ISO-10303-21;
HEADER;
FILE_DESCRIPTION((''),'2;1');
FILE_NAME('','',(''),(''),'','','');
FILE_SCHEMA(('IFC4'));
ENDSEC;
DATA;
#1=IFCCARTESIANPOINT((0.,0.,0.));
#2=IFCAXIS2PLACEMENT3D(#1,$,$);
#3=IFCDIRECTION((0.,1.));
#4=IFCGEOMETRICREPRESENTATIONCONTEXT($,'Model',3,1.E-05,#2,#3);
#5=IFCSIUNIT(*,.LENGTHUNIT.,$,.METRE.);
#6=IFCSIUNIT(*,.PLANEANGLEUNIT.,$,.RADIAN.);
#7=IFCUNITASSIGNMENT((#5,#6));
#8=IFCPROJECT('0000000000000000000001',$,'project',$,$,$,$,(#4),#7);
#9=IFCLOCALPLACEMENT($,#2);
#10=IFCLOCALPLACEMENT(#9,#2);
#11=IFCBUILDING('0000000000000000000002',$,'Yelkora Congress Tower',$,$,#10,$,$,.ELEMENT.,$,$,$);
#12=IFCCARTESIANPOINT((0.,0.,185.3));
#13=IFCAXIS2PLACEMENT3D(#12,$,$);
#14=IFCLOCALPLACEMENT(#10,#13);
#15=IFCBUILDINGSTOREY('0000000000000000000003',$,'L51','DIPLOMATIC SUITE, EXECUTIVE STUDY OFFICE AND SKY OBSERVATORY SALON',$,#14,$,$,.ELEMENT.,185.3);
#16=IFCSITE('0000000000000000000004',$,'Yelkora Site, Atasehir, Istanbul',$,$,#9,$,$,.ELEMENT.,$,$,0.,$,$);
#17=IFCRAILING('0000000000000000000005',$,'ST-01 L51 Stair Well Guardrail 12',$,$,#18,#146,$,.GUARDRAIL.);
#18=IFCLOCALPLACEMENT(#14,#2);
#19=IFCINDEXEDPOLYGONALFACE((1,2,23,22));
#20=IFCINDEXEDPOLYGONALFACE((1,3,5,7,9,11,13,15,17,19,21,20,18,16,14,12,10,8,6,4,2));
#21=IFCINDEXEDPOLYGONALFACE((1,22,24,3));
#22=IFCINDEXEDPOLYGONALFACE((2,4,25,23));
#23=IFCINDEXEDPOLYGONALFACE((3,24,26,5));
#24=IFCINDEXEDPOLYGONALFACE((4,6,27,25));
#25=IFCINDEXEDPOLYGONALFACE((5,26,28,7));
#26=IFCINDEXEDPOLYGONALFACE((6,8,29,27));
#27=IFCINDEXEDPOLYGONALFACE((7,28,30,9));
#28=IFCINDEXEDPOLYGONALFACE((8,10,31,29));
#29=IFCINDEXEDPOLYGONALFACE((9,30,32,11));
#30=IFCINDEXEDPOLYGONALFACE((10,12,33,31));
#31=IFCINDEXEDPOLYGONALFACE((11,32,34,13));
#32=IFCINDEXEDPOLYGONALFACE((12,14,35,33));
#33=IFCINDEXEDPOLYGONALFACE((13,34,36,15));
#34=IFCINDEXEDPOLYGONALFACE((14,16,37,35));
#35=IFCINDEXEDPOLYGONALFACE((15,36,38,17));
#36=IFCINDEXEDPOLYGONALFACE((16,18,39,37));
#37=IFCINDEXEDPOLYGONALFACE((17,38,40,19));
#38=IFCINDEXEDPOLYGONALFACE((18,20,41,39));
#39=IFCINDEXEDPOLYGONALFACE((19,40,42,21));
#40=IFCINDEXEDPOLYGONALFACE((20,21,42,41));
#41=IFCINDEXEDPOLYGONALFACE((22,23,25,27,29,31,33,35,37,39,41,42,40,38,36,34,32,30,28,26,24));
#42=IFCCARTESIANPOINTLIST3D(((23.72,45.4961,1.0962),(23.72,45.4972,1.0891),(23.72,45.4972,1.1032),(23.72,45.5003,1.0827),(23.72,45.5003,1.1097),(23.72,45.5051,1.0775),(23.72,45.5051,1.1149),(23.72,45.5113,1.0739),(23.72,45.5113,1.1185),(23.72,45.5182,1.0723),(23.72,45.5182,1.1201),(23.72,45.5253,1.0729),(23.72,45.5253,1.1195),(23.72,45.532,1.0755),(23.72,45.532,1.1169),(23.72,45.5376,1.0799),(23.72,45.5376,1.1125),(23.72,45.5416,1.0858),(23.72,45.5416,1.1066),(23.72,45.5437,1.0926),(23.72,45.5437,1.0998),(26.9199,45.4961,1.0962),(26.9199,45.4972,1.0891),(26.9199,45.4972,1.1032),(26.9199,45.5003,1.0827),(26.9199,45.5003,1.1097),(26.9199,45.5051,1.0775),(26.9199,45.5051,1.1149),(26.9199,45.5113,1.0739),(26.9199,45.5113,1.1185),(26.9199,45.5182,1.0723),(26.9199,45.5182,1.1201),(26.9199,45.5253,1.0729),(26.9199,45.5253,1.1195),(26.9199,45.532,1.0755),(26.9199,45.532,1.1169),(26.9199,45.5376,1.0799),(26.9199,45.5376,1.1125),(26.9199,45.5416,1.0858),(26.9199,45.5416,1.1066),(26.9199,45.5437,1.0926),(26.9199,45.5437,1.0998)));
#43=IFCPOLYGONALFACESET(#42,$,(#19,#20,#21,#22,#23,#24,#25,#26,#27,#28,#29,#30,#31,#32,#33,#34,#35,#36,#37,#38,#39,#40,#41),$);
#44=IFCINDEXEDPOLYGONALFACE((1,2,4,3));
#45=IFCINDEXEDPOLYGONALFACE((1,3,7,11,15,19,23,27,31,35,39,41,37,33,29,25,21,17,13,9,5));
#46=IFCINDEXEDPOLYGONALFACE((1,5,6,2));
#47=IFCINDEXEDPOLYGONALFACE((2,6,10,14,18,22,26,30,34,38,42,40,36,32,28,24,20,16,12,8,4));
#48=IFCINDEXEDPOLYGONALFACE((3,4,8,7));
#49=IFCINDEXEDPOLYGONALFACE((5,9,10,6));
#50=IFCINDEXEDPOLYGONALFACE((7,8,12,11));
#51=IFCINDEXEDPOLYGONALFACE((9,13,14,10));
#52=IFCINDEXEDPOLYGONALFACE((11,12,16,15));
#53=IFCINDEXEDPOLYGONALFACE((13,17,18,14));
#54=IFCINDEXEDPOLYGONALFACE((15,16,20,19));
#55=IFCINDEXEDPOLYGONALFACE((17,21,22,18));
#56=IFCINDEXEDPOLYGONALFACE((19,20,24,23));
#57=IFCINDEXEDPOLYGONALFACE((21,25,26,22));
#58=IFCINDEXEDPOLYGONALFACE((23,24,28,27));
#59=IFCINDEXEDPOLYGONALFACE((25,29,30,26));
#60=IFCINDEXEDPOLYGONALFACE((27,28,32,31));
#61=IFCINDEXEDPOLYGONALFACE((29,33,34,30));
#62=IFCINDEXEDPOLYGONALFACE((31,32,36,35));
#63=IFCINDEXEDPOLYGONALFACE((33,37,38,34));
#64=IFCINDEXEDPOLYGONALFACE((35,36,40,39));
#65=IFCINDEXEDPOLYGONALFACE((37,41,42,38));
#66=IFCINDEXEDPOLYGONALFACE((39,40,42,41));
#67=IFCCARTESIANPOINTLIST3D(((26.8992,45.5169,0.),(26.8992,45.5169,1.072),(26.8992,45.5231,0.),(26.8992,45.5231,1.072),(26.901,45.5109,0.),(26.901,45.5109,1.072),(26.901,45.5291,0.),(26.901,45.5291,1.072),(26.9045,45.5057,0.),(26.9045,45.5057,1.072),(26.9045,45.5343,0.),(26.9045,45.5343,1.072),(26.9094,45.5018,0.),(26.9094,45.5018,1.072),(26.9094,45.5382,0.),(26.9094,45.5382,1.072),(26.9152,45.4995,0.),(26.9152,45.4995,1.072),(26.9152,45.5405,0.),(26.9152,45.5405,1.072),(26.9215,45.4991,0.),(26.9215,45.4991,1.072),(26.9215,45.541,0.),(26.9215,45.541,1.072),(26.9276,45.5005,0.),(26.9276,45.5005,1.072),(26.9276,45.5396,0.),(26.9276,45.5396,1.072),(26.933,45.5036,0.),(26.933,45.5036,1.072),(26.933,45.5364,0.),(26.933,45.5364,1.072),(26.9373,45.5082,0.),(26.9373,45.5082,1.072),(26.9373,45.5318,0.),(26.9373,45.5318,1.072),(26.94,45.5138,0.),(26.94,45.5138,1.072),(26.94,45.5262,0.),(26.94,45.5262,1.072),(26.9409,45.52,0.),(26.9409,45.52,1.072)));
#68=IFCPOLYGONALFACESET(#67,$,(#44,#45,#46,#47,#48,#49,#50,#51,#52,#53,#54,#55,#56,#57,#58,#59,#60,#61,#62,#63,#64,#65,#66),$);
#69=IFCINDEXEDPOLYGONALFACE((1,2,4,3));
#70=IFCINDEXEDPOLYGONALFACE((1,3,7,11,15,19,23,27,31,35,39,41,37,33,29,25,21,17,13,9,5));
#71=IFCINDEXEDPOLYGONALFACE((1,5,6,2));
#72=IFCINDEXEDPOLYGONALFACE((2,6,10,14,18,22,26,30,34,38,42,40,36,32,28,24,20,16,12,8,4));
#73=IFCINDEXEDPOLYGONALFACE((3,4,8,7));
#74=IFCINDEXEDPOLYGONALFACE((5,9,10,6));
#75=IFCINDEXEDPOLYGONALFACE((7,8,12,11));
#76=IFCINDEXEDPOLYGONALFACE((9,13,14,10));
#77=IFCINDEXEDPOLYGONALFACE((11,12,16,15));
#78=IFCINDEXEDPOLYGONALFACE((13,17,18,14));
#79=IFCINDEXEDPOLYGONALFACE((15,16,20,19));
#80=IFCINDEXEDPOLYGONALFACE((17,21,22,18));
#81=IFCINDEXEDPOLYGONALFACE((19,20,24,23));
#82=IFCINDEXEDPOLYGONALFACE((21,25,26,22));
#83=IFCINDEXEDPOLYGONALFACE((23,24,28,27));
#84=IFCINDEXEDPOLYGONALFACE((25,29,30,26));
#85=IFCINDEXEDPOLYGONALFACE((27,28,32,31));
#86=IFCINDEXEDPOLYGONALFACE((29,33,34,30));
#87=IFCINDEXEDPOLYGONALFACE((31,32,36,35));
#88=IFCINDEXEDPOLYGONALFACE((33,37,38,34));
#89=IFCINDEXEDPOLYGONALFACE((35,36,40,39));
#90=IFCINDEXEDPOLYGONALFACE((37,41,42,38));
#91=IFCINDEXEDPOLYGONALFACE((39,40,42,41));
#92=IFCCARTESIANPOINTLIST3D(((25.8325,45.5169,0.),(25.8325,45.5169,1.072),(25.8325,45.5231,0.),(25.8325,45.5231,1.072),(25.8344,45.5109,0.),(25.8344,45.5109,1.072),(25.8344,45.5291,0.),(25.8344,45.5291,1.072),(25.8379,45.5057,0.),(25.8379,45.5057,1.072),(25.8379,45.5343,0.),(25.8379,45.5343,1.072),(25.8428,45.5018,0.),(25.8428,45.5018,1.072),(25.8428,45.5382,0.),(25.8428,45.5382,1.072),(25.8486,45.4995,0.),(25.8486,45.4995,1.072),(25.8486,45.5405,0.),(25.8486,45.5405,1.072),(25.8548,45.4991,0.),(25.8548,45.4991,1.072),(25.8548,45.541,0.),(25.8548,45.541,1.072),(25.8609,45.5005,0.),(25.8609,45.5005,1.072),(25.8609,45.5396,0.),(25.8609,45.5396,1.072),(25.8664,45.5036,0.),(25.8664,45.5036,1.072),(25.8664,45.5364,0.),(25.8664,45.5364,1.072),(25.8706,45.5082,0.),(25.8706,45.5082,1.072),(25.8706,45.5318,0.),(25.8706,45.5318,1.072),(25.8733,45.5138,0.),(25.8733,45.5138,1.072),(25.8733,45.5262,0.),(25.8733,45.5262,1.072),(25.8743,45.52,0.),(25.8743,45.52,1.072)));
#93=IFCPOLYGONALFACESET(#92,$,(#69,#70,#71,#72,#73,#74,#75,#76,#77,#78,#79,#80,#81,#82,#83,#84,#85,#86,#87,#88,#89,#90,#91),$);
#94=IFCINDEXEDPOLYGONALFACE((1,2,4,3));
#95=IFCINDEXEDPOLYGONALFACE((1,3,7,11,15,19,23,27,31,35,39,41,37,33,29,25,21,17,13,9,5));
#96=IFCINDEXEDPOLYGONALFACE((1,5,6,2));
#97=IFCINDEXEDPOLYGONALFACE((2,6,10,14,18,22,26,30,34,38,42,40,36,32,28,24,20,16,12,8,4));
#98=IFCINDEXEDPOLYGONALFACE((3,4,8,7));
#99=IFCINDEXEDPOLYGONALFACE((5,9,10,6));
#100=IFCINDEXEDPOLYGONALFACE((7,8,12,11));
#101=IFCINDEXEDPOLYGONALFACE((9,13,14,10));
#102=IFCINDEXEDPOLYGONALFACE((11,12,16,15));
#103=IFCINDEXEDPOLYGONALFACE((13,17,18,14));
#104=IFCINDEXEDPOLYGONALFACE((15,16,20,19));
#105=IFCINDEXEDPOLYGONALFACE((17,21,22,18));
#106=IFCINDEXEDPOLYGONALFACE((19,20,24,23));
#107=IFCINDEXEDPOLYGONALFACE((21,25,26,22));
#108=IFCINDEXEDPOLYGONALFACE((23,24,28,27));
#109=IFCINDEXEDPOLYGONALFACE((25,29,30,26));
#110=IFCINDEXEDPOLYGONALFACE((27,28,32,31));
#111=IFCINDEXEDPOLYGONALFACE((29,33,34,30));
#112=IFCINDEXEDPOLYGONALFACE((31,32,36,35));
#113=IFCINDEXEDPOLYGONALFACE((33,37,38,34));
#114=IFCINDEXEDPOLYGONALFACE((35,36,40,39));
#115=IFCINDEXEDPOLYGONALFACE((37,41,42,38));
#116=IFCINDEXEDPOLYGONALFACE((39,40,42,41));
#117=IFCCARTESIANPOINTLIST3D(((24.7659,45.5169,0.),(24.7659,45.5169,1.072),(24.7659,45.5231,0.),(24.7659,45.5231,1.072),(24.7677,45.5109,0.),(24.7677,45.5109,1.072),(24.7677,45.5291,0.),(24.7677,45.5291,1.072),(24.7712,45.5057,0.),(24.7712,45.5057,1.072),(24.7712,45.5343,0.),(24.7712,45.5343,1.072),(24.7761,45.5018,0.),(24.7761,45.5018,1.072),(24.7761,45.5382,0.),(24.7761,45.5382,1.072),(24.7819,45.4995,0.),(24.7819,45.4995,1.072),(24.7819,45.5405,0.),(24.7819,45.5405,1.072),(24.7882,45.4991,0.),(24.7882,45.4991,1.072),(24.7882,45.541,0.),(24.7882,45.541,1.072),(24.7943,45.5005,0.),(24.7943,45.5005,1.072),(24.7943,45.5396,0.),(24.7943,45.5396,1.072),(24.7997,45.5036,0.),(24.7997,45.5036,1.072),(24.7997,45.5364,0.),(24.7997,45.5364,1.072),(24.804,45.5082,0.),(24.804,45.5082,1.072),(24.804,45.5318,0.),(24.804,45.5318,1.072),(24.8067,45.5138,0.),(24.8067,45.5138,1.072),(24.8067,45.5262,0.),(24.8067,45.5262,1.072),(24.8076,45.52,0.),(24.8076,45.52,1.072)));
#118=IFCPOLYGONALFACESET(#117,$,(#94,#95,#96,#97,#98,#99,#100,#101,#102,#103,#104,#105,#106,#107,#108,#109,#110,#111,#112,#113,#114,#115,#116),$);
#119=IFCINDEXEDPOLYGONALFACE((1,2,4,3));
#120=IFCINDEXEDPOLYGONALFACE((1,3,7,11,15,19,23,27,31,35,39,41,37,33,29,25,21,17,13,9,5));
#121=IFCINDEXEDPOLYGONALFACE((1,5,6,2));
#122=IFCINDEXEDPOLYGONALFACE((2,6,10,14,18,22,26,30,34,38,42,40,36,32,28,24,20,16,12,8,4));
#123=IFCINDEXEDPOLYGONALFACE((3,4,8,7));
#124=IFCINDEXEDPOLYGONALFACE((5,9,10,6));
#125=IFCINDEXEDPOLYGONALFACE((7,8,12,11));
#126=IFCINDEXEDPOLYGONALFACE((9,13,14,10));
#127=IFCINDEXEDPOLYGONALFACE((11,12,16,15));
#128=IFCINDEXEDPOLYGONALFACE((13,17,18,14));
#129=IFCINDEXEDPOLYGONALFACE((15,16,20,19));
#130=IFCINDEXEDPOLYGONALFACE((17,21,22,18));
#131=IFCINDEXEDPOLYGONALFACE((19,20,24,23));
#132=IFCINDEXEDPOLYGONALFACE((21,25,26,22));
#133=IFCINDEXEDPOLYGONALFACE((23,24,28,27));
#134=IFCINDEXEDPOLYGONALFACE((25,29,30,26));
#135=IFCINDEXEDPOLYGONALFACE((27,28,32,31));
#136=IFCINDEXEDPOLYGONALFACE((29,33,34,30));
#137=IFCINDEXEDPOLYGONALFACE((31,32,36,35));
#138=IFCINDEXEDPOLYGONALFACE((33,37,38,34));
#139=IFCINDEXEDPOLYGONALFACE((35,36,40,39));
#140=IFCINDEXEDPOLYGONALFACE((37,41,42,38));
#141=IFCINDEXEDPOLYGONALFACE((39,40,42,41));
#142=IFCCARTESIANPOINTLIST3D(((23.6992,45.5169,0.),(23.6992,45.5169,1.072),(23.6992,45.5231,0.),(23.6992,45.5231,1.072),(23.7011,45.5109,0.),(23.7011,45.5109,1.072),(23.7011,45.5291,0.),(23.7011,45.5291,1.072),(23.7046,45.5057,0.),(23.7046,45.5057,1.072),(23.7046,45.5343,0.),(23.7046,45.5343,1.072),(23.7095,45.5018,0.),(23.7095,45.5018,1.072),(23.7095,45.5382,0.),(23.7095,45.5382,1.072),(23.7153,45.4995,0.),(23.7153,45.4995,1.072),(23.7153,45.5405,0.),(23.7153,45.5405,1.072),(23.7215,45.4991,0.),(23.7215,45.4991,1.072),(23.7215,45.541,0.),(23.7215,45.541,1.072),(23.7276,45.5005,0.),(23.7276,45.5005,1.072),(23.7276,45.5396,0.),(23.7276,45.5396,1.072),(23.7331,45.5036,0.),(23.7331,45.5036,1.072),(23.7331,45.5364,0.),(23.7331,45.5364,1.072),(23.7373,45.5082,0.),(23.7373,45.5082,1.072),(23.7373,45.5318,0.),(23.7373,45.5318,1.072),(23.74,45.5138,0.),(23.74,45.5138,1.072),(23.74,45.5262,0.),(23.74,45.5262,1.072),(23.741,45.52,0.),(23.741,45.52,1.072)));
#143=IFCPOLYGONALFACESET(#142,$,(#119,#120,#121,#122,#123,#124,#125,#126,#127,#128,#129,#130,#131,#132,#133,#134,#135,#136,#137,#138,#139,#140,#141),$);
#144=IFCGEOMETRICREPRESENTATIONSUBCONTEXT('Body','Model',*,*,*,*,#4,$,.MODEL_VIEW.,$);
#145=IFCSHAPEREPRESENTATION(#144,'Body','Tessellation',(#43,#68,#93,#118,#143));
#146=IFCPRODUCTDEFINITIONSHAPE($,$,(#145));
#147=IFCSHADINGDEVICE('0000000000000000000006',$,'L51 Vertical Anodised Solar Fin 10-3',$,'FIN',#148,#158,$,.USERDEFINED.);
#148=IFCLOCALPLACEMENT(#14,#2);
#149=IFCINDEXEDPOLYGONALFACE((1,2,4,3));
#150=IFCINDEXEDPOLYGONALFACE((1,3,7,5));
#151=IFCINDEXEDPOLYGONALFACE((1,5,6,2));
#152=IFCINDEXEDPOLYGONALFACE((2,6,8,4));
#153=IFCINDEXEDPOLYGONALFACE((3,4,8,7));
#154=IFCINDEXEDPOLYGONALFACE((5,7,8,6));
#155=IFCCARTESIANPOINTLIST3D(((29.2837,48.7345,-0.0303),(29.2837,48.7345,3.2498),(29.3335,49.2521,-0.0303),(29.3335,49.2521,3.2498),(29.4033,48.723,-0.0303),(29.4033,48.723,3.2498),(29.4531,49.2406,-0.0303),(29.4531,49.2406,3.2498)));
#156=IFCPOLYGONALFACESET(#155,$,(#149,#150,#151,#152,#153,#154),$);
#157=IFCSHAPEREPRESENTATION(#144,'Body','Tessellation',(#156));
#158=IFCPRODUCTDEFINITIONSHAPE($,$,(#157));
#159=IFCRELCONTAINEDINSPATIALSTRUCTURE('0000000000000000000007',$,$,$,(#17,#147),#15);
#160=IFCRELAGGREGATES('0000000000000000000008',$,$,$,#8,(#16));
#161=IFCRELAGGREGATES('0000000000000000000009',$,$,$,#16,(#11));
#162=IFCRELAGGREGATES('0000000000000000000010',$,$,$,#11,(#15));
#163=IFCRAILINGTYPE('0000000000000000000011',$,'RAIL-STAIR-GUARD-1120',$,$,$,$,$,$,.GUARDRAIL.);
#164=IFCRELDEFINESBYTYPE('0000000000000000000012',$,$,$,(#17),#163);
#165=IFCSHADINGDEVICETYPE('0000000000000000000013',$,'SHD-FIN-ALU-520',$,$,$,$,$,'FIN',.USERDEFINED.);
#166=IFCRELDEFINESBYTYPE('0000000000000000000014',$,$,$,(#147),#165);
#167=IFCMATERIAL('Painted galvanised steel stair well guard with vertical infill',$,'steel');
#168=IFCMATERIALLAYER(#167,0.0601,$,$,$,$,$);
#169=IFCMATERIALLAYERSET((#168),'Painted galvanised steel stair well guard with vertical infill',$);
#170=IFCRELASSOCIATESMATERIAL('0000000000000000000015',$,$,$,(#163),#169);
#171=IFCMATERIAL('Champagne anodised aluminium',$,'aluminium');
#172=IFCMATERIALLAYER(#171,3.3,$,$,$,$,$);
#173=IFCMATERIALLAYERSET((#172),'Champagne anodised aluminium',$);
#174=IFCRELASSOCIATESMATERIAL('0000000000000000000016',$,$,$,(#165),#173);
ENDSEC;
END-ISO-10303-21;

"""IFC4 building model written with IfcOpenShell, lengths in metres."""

from ifc_helpers import new_model, si_unit, direction, frame, origin, origin_2d, place, context, subcontext, project, spatial, rectangle, circle, extrude, material, layer, layer_set, type_object, element, save


model = new_model("IFC4")

# Units and contexts
model_context = context("Model", 3, precision=1e-05, world=origin(), true_north=direction((0.0, 1.0)))
body_context = subcontext(model_context, "Body", "Model", "MODEL_VIEW")
ifc_project = project(units=[si_unit("LENGTHUNIT", "METRE"), si_unit("PLANEANGLEUNIT", "RADIAN")], contexts=[model_context])

# Site, building, storey
site_placement = place(None, origin())
site = spatial("IfcSite", under=ifc_project, at=site_placement, Name="Yelkora Site, Atasehir, Istanbul", CompositionType="ELEMENT", RefElevation=0.0)
building_placement = place(site_placement, origin())
building = spatial("IfcBuilding", under=site, at=building_placement, Name="Yelkora Congress Tower", CompositionType="ELEMENT")
storey_placement = place(building_placement, frame((0.0, 0.0, 185.3)))
storey = spatial("IfcBuildingStorey", under=building, at=storey_placement, Name="L51", Description="DIPLOMATIC SUITE, EXECUTIVE STUDY OFFICE AND SKY OBSERVATORY SALON", CompositionType="ELEMENT", Elevation=185.3)

# Railing
ifc_material_1 = material(Name="Painted galvanised steel stair well guard with vertical infill", Category="steel")
ifc_layer_1 = layer(ifc_material_1, 0.0601)
ifc_layer_set_1 = layer_set([ifc_layer_1], Name="Painted galvanised steel stair well guard with vertical infill")
railing_type = type_object("IfcRailingType", Name="RAIL-STAIR-GUARD-1120", PredefinedType="GUARDRAIL", material=ifc_layer_set_1)
railing_1_placement = place(storey_placement, frame((26.9199, 45.52, 0.0)))
element("IfcRailing", 1, at=railing_1_placement, inside=storey, type_object=railing_type, Name="ST-01 L51 Stair Well Guardrail 12", PredefinedType="GUARDRAIL", context=body_context, shape_type="SweptSolid", body=[
    extrude(circle(Radius=0.0239, at=origin_2d()), frame((0.0, 0.0, 1.0962), z_axis=(-1.0, 0.0, 0.0), x_axis=(0.0, -1.0, 0.0)), (0.0, 0.0, 1.0), 3.2),
    extrude(circle(Radius=0.021, at=origin_2d()), origin(), (0.0, 0.0, 1.0), 1.072),
    extrude(circle(Radius=0.021, at=origin_2d()), frame((-1.0667, 0.0, 0.0)), (0.0, 0.0, 1.0), 1.072),
    extrude(circle(Radius=0.021, at=origin_2d()), frame((-2.1333, 0.0, 0.0)), (0.0, 0.0, 1.0), 1.072),
    extrude(circle(Radius=0.021, at=origin_2d()), frame((-3.2, 0.0, 0.0)), (0.0, 0.0, 1.0), 1.072),
])

# Shading device
ifc_material_2 = material(Name="Champagne anodised aluminium", Category="aluminium")
ifc_layer_2 = layer(ifc_material_2, 3.3)
ifc_layer_set_2 = layer_set([ifc_layer_2], Name="Champagne anodised aluminium")
shading_device_type = type_object("IfcShadingDeviceType", Name="SHD-FIN-ALU-520", ElementType="FIN", PredefinedType="USERDEFINED", material=ifc_layer_set_2)
shading_device_placement = place(storey_placement, frame((29.3684, 48.9875, -0.0303), z_axis=(0.0, 0.0, 1.0), x_axis=(0.995396, -0.095846, 0.0)))
element("IfcShadingDevice", 2, at=shading_device_placement, inside=storey, type_object=shading_device_type, Name="L51 Vertical Anodised Solar Fin 10-3", ObjectType="FIN", PredefinedType="USERDEFINED", context=body_context, shape_type="SweptSolid", body=[
    extrude(rectangle(XDim=0.1201, YDim=0.52, at=origin_2d()), origin(), (0.0, 0.0, 1.0), 3.28),
])

save(model, "model.ifc")
